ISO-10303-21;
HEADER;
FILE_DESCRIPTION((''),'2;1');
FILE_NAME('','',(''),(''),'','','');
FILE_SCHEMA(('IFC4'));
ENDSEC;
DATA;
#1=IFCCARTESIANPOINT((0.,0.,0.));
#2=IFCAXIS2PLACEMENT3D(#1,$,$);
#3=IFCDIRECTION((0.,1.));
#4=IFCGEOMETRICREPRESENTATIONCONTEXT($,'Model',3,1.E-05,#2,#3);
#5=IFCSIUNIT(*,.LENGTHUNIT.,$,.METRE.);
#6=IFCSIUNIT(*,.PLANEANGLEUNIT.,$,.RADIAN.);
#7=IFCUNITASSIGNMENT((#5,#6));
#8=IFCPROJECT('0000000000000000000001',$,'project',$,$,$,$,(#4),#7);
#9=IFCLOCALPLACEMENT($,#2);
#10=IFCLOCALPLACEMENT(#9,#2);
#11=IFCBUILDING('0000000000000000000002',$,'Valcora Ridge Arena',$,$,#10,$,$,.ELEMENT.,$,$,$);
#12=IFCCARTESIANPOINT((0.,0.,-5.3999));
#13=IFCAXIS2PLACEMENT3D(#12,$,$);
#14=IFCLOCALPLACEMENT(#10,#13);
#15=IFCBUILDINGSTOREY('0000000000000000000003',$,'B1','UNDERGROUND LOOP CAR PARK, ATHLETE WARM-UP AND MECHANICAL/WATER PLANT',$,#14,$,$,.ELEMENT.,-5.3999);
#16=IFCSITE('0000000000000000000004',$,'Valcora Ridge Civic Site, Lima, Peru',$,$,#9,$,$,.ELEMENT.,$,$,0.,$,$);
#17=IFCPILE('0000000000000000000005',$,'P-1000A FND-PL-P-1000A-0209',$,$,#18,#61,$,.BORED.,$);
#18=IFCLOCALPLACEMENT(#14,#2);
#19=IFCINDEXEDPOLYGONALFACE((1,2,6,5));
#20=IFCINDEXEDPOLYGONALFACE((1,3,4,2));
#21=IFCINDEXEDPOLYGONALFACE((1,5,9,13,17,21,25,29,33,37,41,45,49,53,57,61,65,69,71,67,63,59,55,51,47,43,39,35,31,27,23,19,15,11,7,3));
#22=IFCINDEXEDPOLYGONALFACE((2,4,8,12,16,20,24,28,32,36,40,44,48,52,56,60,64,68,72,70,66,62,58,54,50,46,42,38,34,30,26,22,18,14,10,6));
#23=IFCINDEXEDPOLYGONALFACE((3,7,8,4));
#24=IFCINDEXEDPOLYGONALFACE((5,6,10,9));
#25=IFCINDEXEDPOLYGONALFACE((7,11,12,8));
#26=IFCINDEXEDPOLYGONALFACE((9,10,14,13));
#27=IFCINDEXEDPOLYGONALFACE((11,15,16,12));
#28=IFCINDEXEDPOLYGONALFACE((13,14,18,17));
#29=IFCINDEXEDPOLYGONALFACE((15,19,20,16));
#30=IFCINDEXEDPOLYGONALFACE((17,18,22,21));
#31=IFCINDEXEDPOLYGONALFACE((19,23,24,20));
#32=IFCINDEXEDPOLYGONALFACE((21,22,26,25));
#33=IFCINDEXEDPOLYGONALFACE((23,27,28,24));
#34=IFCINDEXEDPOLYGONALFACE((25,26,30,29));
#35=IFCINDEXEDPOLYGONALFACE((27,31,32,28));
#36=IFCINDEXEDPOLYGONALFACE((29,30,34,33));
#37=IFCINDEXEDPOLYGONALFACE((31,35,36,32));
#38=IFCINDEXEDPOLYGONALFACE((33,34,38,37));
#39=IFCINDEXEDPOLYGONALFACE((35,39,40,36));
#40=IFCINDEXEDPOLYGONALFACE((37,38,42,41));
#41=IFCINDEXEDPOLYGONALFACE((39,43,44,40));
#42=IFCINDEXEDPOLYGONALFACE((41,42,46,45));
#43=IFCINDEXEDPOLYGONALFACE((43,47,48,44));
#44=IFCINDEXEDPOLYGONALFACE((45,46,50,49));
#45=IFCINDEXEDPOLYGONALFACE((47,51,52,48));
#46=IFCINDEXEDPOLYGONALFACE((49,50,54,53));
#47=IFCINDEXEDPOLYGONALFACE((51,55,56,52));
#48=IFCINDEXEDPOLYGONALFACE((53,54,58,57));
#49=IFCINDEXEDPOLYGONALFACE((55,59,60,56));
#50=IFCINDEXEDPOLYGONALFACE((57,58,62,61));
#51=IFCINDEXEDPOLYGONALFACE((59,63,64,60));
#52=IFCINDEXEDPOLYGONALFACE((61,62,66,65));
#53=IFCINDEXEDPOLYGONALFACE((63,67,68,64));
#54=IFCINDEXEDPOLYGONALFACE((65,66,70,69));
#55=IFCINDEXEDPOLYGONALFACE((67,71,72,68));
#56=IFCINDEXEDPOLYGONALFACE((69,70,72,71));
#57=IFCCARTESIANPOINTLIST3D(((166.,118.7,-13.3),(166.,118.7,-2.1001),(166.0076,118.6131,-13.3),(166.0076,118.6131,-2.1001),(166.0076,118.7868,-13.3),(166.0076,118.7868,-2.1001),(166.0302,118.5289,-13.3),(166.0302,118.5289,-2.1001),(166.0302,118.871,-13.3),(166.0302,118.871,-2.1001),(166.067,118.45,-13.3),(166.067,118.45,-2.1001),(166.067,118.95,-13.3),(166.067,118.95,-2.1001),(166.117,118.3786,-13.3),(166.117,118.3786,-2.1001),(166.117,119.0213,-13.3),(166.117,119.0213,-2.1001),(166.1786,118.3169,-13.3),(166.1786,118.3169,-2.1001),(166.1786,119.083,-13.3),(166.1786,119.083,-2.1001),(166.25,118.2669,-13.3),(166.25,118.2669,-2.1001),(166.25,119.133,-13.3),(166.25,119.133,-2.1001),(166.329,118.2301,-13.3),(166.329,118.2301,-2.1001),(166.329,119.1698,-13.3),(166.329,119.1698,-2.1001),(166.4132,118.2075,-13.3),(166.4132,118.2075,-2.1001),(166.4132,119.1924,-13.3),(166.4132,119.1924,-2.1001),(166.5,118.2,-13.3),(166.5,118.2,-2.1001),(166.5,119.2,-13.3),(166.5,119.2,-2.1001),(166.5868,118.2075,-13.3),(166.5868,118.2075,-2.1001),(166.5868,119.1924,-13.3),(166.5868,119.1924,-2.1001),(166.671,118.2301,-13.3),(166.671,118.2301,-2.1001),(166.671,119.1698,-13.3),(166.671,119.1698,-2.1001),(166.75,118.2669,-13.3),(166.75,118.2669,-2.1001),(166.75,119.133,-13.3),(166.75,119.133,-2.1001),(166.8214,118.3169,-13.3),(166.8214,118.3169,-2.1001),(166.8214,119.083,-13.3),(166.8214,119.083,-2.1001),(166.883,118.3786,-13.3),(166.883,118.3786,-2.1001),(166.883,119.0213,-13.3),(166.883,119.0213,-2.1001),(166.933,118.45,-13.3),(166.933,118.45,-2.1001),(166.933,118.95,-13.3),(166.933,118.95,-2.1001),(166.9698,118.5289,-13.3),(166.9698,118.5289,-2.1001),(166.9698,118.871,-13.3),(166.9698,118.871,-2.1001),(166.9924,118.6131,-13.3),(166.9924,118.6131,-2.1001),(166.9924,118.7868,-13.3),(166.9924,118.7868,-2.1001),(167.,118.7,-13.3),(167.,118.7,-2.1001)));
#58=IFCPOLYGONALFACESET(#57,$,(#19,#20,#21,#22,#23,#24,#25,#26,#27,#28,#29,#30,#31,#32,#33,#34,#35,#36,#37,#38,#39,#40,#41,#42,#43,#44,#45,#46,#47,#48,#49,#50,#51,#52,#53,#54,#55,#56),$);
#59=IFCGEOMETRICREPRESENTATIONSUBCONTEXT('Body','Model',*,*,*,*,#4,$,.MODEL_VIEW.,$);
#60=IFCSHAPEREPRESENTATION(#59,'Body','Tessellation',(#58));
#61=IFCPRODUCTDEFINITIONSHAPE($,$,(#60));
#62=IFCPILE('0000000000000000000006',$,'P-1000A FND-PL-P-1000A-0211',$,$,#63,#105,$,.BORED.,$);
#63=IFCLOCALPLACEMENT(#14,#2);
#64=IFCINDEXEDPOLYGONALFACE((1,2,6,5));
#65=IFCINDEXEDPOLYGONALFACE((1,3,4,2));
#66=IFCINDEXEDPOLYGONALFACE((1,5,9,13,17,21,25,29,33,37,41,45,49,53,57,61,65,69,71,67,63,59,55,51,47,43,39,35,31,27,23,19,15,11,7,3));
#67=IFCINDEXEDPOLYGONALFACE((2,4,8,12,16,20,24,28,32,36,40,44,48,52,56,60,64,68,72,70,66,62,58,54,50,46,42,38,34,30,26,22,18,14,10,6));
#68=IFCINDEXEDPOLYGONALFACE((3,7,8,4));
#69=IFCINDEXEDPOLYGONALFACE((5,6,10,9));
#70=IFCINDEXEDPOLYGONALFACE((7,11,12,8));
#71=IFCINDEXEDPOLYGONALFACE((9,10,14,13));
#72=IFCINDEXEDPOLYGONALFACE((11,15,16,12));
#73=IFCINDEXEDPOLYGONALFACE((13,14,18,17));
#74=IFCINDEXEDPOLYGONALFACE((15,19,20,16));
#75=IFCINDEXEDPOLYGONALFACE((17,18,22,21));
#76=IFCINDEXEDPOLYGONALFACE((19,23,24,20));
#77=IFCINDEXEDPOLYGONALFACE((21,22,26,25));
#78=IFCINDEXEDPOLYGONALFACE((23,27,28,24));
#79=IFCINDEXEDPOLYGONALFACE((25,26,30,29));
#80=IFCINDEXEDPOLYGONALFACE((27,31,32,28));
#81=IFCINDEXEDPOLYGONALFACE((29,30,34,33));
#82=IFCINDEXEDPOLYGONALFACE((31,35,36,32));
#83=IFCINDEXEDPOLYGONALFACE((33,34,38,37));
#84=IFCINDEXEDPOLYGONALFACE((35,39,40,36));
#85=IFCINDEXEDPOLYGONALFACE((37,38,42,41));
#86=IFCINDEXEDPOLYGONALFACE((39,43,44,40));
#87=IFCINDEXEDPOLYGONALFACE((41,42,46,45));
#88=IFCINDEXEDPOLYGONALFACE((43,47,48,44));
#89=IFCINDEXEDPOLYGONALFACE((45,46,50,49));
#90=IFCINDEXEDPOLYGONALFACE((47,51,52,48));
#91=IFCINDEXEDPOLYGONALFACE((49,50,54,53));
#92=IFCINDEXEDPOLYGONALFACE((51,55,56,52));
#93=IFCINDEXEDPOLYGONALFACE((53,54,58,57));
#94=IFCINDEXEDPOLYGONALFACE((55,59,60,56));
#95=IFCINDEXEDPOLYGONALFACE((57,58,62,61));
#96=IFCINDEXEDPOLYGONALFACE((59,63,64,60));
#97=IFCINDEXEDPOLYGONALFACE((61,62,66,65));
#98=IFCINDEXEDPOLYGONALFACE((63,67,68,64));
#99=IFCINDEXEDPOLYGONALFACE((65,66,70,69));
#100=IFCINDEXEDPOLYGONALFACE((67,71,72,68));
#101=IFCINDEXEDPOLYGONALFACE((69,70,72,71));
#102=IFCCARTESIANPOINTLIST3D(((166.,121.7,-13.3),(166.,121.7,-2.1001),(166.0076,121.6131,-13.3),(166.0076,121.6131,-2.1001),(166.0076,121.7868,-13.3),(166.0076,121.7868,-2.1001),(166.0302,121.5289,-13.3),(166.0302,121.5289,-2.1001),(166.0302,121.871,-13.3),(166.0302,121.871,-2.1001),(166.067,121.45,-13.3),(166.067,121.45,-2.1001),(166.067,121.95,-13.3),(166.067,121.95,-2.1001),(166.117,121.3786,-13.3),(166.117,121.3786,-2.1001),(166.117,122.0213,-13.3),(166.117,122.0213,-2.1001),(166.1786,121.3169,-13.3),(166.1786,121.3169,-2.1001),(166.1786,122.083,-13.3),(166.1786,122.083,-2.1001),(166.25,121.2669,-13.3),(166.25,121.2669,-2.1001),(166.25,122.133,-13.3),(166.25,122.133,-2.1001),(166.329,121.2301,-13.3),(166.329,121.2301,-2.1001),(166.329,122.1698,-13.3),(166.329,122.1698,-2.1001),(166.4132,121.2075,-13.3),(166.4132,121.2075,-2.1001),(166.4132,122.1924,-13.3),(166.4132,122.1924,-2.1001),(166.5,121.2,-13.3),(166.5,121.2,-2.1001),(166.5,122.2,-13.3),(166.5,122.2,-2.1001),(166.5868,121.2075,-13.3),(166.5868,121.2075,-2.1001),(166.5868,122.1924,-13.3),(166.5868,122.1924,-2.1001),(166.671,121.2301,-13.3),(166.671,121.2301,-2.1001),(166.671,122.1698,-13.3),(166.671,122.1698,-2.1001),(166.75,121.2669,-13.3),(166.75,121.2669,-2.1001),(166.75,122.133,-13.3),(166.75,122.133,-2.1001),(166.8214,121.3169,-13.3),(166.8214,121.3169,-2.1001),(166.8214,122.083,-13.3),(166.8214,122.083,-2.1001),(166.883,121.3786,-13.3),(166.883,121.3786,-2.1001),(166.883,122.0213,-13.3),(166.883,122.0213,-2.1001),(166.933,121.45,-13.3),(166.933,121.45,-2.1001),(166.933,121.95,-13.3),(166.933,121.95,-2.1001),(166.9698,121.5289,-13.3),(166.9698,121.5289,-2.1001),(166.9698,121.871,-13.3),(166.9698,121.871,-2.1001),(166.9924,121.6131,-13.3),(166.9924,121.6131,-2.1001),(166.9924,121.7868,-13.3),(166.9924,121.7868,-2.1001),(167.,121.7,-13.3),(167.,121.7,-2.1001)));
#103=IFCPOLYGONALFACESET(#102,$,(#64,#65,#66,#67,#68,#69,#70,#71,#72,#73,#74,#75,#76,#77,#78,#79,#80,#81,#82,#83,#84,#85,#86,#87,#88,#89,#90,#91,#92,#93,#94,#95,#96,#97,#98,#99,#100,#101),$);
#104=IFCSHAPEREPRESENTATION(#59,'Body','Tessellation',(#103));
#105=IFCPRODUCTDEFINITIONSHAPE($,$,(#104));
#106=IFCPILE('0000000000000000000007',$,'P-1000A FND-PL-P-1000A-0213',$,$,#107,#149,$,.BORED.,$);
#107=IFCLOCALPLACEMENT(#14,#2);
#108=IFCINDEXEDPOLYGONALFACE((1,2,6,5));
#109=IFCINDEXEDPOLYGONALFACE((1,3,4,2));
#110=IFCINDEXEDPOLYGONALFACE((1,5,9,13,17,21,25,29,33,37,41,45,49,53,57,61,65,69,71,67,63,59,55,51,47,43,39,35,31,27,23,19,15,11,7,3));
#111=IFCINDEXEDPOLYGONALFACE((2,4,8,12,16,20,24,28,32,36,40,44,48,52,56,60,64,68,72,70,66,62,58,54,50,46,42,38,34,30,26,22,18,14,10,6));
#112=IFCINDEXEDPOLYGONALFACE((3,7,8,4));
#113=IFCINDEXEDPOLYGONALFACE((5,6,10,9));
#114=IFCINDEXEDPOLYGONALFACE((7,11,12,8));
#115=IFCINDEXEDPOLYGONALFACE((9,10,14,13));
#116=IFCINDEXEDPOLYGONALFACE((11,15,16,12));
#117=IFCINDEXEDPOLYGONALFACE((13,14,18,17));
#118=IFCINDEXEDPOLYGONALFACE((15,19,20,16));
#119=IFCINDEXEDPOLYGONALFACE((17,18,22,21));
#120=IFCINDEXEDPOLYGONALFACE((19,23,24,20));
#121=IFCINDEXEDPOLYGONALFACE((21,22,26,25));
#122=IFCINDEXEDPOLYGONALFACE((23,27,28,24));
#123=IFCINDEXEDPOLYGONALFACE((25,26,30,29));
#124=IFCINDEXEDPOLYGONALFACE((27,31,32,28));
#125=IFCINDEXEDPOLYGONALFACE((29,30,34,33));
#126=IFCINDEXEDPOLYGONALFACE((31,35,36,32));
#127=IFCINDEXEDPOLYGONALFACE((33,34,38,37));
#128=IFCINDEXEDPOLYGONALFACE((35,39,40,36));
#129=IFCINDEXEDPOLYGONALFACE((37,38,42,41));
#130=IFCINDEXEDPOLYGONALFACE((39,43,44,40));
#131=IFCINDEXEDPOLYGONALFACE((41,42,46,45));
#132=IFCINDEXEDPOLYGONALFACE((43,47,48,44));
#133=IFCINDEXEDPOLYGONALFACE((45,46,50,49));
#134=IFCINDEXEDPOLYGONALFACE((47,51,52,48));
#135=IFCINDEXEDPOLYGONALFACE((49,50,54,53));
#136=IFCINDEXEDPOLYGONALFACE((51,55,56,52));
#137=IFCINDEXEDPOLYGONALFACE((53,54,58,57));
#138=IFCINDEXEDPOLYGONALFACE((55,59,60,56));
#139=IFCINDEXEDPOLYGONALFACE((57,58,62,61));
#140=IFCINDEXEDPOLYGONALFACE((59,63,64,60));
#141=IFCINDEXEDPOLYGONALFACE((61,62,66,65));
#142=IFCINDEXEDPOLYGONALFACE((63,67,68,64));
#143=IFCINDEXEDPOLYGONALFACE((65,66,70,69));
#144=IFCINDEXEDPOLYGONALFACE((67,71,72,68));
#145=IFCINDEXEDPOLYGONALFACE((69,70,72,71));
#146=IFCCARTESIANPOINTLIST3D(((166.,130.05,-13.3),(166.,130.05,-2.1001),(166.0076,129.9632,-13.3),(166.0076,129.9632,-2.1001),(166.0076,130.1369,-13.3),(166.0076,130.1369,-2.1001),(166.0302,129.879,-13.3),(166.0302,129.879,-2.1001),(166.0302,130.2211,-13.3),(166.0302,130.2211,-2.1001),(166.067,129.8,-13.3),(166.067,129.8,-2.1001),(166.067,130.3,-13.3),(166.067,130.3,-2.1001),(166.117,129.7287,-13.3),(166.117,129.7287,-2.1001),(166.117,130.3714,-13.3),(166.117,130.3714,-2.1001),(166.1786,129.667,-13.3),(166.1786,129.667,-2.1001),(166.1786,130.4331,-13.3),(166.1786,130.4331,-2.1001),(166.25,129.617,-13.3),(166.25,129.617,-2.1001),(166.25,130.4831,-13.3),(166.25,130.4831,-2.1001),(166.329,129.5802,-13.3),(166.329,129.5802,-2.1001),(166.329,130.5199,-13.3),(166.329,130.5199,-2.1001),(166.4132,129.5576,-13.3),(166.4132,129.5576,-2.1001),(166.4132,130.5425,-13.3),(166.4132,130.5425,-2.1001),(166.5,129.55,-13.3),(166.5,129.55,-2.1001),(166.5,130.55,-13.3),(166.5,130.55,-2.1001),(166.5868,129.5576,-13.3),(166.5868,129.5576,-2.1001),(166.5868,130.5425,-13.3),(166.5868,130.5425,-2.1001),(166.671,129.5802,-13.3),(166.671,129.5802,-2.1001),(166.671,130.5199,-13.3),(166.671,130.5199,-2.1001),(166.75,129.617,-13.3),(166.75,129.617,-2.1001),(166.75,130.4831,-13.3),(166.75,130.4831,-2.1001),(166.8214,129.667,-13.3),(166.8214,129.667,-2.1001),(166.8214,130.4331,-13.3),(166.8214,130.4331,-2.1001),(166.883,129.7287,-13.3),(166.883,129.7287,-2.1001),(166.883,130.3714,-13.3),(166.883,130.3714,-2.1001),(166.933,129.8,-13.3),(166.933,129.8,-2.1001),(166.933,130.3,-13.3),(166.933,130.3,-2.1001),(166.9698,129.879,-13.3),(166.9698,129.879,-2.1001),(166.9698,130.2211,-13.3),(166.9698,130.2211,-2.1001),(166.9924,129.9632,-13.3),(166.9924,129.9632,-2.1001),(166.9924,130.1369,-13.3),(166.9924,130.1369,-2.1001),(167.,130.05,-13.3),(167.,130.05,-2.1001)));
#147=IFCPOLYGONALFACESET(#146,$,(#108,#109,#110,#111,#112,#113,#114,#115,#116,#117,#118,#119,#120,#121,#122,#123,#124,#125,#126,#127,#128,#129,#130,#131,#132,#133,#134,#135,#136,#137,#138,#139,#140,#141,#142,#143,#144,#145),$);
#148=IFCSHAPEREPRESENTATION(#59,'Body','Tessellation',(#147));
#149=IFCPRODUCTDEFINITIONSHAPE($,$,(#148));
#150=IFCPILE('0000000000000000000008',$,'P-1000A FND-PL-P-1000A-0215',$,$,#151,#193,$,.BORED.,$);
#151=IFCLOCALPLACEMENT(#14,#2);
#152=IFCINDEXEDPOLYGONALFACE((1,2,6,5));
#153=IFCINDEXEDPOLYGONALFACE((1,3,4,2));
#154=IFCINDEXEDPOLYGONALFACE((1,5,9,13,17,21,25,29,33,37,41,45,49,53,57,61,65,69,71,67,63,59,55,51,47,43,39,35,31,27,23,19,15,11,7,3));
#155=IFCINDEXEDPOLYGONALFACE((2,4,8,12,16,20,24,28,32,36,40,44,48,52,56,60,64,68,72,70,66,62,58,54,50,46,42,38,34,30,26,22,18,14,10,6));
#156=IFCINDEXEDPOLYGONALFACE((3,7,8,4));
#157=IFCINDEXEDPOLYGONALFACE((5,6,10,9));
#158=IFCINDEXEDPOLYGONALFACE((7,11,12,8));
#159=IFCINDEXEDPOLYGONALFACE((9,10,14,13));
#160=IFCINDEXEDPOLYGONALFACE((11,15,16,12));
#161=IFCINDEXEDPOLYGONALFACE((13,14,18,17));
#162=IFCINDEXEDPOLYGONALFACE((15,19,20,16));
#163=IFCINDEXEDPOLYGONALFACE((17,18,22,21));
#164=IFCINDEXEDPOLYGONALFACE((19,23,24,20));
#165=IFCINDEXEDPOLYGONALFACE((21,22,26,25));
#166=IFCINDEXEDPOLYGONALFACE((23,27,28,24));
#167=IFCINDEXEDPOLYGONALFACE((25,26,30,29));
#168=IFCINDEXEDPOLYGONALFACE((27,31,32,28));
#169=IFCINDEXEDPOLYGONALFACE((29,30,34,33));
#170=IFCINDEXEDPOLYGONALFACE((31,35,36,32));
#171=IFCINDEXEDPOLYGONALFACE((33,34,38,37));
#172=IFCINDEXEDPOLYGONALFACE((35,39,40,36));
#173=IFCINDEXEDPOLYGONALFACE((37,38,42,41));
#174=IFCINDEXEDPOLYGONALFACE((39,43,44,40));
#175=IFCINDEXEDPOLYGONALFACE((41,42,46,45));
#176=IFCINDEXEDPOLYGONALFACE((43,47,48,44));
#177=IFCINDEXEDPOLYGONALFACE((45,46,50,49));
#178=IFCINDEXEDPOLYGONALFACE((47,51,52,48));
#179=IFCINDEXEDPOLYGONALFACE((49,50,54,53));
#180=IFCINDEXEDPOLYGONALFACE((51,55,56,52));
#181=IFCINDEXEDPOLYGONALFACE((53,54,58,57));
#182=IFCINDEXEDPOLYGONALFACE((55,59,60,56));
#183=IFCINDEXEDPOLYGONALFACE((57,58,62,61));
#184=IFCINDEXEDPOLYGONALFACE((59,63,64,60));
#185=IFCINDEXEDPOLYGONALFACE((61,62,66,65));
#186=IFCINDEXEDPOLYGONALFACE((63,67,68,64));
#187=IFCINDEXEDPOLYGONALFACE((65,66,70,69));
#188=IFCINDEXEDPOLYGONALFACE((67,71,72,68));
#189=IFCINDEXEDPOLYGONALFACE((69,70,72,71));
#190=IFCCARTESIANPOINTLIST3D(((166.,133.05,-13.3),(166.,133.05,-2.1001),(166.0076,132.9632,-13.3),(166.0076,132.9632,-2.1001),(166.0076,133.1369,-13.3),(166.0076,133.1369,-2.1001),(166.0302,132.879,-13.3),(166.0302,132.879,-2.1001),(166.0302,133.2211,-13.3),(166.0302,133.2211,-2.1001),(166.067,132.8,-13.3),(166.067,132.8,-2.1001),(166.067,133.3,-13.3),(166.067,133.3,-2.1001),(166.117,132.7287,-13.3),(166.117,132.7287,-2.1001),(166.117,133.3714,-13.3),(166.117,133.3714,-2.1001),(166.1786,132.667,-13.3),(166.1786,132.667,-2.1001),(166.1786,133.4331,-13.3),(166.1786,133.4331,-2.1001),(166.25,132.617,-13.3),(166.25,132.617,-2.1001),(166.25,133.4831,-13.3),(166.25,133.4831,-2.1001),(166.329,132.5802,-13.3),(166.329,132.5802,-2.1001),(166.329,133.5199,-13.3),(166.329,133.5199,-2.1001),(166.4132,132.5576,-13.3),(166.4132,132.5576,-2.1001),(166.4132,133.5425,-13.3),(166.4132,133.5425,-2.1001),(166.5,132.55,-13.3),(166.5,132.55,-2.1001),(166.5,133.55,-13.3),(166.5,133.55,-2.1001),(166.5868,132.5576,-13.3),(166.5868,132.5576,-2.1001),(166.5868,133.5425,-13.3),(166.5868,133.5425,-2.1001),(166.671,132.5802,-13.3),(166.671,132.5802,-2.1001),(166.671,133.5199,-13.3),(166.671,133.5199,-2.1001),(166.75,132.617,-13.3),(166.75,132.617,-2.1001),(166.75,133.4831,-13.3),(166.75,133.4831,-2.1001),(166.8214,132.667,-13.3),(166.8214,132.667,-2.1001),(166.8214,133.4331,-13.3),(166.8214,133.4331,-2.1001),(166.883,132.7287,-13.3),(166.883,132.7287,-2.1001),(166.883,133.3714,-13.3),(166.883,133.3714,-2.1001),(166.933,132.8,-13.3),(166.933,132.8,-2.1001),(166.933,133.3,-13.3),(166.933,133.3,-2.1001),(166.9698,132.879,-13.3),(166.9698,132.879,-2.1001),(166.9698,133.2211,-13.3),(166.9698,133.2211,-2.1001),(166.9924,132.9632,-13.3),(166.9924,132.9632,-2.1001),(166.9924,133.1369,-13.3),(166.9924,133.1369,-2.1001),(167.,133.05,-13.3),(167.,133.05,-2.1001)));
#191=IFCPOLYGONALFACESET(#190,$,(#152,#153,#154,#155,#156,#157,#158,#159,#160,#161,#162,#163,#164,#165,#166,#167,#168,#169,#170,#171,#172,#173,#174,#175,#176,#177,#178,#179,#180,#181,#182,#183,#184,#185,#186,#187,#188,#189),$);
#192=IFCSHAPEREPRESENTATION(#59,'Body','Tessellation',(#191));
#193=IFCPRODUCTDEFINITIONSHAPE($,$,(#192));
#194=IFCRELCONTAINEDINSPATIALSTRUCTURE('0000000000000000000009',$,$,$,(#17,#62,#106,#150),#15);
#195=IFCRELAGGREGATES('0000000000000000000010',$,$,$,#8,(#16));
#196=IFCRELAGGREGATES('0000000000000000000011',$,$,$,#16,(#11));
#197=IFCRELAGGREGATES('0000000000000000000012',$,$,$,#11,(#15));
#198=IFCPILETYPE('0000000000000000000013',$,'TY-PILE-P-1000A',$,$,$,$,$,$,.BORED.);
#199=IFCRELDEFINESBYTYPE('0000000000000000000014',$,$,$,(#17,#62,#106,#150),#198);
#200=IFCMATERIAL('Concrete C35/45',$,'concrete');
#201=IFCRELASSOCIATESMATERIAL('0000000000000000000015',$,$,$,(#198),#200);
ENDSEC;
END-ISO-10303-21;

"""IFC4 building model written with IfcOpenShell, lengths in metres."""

from ifc_helpers import new_model, si_unit, direction, frame, origin, origin_2d, place, context, subcontext, project, spatial, circle, extrude, material, material_profile, profile_set, type_object, element, save


model = new_model("IFC4")

# Units and contexts
model_context = context("Model", 3, precision=1e-05, world=origin(), true_north=direction((0.0, 1.0)))
body_context = subcontext(model_context, "Body", "Model", "MODEL_VIEW")
ifc_project = project(units=[si_unit("LENGTHUNIT", "METRE"), si_unit("PLANEANGLEUNIT", "RADIAN")], contexts=[model_context])

# Site, building, storey
site_placement = place(None, origin())
site = spatial("IfcSite", under=ifc_project, at=site_placement, Name="Valcora Ridge Civic Site, Lima, Peru", CompositionType="ELEMENT", RefElevation=0.0)
building_placement = place(site_placement, origin())
building = spatial("IfcBuilding", under=site, at=building_placement, Name="Valcora Ridge Arena", CompositionType="ELEMENT")
storey_placement = place(building_placement, frame((0.0, 0.0, -5.3999)))
storey = spatial("IfcBuildingStorey", under=building, at=storey_placement, Name="B1", Description="UNDERGROUND LOOP CAR PARK, ATHLETE WARM-UP AND MECHANICAL/WATER PLANT", CompositionType="ELEMENT", Elevation=-5.3999)

# Piles
ifc_material_1 = material(Name="Concrete C35/45", Category="concrete")
ifc_material_profile_1 = material_profile(ifc_material_1, circle(Radius=0.5, at=origin_2d()), Name="BORED PILE D1000")
ifc_profile_set_1 = profile_set([ifc_material_profile_1], Name="Concrete C35/45")
pile_type_1 = type_object("IfcPileType", Name="TY-PILE-P-1000A", PredefinedType="BORED", material=ifc_profile_set_1)
for number, where, z_axis, x_axis, name in (
    (1, (166.5, 118.7, -2.1001), (0.0, 0.0, -1.0), (1.0, 0.0, 0.0), "P-1000A FND-PL-P-1000A-0209"),
    (2, (166.5, 121.7, -2.1001), (0.0, 0.0, -1.0), (1.0, 0.0, 0.0), "P-1000A FND-PL-P-1000A-0211"),
    (3, (166.5, 130.05, -2.1001), (0.0, 0.0, -1.0), (1.0, 0.0, 0.0), "P-1000A FND-PL-P-1000A-0213"),
    (4, (166.5, 133.05, -2.1001), (0.0, 0.0, -1.0), (1.0, 0.0, 0.0), "P-1000A FND-PL-P-1000A-0215"),
):
    element("IfcPile", number, at=place(storey_placement, frame(where, z_axis=z_axis, x_axis=x_axis)), inside=storey, type_object=pile_type_1, Name=name, PredefinedType="BORED", context=body_context, shape_type="SweptSolid", body=[
        extrude(circle(Radius=0.5, at=origin_2d()), origin(), (0.0, 0.0, 1.0), 11.2),
    ])

save(model, "model.ifc")
